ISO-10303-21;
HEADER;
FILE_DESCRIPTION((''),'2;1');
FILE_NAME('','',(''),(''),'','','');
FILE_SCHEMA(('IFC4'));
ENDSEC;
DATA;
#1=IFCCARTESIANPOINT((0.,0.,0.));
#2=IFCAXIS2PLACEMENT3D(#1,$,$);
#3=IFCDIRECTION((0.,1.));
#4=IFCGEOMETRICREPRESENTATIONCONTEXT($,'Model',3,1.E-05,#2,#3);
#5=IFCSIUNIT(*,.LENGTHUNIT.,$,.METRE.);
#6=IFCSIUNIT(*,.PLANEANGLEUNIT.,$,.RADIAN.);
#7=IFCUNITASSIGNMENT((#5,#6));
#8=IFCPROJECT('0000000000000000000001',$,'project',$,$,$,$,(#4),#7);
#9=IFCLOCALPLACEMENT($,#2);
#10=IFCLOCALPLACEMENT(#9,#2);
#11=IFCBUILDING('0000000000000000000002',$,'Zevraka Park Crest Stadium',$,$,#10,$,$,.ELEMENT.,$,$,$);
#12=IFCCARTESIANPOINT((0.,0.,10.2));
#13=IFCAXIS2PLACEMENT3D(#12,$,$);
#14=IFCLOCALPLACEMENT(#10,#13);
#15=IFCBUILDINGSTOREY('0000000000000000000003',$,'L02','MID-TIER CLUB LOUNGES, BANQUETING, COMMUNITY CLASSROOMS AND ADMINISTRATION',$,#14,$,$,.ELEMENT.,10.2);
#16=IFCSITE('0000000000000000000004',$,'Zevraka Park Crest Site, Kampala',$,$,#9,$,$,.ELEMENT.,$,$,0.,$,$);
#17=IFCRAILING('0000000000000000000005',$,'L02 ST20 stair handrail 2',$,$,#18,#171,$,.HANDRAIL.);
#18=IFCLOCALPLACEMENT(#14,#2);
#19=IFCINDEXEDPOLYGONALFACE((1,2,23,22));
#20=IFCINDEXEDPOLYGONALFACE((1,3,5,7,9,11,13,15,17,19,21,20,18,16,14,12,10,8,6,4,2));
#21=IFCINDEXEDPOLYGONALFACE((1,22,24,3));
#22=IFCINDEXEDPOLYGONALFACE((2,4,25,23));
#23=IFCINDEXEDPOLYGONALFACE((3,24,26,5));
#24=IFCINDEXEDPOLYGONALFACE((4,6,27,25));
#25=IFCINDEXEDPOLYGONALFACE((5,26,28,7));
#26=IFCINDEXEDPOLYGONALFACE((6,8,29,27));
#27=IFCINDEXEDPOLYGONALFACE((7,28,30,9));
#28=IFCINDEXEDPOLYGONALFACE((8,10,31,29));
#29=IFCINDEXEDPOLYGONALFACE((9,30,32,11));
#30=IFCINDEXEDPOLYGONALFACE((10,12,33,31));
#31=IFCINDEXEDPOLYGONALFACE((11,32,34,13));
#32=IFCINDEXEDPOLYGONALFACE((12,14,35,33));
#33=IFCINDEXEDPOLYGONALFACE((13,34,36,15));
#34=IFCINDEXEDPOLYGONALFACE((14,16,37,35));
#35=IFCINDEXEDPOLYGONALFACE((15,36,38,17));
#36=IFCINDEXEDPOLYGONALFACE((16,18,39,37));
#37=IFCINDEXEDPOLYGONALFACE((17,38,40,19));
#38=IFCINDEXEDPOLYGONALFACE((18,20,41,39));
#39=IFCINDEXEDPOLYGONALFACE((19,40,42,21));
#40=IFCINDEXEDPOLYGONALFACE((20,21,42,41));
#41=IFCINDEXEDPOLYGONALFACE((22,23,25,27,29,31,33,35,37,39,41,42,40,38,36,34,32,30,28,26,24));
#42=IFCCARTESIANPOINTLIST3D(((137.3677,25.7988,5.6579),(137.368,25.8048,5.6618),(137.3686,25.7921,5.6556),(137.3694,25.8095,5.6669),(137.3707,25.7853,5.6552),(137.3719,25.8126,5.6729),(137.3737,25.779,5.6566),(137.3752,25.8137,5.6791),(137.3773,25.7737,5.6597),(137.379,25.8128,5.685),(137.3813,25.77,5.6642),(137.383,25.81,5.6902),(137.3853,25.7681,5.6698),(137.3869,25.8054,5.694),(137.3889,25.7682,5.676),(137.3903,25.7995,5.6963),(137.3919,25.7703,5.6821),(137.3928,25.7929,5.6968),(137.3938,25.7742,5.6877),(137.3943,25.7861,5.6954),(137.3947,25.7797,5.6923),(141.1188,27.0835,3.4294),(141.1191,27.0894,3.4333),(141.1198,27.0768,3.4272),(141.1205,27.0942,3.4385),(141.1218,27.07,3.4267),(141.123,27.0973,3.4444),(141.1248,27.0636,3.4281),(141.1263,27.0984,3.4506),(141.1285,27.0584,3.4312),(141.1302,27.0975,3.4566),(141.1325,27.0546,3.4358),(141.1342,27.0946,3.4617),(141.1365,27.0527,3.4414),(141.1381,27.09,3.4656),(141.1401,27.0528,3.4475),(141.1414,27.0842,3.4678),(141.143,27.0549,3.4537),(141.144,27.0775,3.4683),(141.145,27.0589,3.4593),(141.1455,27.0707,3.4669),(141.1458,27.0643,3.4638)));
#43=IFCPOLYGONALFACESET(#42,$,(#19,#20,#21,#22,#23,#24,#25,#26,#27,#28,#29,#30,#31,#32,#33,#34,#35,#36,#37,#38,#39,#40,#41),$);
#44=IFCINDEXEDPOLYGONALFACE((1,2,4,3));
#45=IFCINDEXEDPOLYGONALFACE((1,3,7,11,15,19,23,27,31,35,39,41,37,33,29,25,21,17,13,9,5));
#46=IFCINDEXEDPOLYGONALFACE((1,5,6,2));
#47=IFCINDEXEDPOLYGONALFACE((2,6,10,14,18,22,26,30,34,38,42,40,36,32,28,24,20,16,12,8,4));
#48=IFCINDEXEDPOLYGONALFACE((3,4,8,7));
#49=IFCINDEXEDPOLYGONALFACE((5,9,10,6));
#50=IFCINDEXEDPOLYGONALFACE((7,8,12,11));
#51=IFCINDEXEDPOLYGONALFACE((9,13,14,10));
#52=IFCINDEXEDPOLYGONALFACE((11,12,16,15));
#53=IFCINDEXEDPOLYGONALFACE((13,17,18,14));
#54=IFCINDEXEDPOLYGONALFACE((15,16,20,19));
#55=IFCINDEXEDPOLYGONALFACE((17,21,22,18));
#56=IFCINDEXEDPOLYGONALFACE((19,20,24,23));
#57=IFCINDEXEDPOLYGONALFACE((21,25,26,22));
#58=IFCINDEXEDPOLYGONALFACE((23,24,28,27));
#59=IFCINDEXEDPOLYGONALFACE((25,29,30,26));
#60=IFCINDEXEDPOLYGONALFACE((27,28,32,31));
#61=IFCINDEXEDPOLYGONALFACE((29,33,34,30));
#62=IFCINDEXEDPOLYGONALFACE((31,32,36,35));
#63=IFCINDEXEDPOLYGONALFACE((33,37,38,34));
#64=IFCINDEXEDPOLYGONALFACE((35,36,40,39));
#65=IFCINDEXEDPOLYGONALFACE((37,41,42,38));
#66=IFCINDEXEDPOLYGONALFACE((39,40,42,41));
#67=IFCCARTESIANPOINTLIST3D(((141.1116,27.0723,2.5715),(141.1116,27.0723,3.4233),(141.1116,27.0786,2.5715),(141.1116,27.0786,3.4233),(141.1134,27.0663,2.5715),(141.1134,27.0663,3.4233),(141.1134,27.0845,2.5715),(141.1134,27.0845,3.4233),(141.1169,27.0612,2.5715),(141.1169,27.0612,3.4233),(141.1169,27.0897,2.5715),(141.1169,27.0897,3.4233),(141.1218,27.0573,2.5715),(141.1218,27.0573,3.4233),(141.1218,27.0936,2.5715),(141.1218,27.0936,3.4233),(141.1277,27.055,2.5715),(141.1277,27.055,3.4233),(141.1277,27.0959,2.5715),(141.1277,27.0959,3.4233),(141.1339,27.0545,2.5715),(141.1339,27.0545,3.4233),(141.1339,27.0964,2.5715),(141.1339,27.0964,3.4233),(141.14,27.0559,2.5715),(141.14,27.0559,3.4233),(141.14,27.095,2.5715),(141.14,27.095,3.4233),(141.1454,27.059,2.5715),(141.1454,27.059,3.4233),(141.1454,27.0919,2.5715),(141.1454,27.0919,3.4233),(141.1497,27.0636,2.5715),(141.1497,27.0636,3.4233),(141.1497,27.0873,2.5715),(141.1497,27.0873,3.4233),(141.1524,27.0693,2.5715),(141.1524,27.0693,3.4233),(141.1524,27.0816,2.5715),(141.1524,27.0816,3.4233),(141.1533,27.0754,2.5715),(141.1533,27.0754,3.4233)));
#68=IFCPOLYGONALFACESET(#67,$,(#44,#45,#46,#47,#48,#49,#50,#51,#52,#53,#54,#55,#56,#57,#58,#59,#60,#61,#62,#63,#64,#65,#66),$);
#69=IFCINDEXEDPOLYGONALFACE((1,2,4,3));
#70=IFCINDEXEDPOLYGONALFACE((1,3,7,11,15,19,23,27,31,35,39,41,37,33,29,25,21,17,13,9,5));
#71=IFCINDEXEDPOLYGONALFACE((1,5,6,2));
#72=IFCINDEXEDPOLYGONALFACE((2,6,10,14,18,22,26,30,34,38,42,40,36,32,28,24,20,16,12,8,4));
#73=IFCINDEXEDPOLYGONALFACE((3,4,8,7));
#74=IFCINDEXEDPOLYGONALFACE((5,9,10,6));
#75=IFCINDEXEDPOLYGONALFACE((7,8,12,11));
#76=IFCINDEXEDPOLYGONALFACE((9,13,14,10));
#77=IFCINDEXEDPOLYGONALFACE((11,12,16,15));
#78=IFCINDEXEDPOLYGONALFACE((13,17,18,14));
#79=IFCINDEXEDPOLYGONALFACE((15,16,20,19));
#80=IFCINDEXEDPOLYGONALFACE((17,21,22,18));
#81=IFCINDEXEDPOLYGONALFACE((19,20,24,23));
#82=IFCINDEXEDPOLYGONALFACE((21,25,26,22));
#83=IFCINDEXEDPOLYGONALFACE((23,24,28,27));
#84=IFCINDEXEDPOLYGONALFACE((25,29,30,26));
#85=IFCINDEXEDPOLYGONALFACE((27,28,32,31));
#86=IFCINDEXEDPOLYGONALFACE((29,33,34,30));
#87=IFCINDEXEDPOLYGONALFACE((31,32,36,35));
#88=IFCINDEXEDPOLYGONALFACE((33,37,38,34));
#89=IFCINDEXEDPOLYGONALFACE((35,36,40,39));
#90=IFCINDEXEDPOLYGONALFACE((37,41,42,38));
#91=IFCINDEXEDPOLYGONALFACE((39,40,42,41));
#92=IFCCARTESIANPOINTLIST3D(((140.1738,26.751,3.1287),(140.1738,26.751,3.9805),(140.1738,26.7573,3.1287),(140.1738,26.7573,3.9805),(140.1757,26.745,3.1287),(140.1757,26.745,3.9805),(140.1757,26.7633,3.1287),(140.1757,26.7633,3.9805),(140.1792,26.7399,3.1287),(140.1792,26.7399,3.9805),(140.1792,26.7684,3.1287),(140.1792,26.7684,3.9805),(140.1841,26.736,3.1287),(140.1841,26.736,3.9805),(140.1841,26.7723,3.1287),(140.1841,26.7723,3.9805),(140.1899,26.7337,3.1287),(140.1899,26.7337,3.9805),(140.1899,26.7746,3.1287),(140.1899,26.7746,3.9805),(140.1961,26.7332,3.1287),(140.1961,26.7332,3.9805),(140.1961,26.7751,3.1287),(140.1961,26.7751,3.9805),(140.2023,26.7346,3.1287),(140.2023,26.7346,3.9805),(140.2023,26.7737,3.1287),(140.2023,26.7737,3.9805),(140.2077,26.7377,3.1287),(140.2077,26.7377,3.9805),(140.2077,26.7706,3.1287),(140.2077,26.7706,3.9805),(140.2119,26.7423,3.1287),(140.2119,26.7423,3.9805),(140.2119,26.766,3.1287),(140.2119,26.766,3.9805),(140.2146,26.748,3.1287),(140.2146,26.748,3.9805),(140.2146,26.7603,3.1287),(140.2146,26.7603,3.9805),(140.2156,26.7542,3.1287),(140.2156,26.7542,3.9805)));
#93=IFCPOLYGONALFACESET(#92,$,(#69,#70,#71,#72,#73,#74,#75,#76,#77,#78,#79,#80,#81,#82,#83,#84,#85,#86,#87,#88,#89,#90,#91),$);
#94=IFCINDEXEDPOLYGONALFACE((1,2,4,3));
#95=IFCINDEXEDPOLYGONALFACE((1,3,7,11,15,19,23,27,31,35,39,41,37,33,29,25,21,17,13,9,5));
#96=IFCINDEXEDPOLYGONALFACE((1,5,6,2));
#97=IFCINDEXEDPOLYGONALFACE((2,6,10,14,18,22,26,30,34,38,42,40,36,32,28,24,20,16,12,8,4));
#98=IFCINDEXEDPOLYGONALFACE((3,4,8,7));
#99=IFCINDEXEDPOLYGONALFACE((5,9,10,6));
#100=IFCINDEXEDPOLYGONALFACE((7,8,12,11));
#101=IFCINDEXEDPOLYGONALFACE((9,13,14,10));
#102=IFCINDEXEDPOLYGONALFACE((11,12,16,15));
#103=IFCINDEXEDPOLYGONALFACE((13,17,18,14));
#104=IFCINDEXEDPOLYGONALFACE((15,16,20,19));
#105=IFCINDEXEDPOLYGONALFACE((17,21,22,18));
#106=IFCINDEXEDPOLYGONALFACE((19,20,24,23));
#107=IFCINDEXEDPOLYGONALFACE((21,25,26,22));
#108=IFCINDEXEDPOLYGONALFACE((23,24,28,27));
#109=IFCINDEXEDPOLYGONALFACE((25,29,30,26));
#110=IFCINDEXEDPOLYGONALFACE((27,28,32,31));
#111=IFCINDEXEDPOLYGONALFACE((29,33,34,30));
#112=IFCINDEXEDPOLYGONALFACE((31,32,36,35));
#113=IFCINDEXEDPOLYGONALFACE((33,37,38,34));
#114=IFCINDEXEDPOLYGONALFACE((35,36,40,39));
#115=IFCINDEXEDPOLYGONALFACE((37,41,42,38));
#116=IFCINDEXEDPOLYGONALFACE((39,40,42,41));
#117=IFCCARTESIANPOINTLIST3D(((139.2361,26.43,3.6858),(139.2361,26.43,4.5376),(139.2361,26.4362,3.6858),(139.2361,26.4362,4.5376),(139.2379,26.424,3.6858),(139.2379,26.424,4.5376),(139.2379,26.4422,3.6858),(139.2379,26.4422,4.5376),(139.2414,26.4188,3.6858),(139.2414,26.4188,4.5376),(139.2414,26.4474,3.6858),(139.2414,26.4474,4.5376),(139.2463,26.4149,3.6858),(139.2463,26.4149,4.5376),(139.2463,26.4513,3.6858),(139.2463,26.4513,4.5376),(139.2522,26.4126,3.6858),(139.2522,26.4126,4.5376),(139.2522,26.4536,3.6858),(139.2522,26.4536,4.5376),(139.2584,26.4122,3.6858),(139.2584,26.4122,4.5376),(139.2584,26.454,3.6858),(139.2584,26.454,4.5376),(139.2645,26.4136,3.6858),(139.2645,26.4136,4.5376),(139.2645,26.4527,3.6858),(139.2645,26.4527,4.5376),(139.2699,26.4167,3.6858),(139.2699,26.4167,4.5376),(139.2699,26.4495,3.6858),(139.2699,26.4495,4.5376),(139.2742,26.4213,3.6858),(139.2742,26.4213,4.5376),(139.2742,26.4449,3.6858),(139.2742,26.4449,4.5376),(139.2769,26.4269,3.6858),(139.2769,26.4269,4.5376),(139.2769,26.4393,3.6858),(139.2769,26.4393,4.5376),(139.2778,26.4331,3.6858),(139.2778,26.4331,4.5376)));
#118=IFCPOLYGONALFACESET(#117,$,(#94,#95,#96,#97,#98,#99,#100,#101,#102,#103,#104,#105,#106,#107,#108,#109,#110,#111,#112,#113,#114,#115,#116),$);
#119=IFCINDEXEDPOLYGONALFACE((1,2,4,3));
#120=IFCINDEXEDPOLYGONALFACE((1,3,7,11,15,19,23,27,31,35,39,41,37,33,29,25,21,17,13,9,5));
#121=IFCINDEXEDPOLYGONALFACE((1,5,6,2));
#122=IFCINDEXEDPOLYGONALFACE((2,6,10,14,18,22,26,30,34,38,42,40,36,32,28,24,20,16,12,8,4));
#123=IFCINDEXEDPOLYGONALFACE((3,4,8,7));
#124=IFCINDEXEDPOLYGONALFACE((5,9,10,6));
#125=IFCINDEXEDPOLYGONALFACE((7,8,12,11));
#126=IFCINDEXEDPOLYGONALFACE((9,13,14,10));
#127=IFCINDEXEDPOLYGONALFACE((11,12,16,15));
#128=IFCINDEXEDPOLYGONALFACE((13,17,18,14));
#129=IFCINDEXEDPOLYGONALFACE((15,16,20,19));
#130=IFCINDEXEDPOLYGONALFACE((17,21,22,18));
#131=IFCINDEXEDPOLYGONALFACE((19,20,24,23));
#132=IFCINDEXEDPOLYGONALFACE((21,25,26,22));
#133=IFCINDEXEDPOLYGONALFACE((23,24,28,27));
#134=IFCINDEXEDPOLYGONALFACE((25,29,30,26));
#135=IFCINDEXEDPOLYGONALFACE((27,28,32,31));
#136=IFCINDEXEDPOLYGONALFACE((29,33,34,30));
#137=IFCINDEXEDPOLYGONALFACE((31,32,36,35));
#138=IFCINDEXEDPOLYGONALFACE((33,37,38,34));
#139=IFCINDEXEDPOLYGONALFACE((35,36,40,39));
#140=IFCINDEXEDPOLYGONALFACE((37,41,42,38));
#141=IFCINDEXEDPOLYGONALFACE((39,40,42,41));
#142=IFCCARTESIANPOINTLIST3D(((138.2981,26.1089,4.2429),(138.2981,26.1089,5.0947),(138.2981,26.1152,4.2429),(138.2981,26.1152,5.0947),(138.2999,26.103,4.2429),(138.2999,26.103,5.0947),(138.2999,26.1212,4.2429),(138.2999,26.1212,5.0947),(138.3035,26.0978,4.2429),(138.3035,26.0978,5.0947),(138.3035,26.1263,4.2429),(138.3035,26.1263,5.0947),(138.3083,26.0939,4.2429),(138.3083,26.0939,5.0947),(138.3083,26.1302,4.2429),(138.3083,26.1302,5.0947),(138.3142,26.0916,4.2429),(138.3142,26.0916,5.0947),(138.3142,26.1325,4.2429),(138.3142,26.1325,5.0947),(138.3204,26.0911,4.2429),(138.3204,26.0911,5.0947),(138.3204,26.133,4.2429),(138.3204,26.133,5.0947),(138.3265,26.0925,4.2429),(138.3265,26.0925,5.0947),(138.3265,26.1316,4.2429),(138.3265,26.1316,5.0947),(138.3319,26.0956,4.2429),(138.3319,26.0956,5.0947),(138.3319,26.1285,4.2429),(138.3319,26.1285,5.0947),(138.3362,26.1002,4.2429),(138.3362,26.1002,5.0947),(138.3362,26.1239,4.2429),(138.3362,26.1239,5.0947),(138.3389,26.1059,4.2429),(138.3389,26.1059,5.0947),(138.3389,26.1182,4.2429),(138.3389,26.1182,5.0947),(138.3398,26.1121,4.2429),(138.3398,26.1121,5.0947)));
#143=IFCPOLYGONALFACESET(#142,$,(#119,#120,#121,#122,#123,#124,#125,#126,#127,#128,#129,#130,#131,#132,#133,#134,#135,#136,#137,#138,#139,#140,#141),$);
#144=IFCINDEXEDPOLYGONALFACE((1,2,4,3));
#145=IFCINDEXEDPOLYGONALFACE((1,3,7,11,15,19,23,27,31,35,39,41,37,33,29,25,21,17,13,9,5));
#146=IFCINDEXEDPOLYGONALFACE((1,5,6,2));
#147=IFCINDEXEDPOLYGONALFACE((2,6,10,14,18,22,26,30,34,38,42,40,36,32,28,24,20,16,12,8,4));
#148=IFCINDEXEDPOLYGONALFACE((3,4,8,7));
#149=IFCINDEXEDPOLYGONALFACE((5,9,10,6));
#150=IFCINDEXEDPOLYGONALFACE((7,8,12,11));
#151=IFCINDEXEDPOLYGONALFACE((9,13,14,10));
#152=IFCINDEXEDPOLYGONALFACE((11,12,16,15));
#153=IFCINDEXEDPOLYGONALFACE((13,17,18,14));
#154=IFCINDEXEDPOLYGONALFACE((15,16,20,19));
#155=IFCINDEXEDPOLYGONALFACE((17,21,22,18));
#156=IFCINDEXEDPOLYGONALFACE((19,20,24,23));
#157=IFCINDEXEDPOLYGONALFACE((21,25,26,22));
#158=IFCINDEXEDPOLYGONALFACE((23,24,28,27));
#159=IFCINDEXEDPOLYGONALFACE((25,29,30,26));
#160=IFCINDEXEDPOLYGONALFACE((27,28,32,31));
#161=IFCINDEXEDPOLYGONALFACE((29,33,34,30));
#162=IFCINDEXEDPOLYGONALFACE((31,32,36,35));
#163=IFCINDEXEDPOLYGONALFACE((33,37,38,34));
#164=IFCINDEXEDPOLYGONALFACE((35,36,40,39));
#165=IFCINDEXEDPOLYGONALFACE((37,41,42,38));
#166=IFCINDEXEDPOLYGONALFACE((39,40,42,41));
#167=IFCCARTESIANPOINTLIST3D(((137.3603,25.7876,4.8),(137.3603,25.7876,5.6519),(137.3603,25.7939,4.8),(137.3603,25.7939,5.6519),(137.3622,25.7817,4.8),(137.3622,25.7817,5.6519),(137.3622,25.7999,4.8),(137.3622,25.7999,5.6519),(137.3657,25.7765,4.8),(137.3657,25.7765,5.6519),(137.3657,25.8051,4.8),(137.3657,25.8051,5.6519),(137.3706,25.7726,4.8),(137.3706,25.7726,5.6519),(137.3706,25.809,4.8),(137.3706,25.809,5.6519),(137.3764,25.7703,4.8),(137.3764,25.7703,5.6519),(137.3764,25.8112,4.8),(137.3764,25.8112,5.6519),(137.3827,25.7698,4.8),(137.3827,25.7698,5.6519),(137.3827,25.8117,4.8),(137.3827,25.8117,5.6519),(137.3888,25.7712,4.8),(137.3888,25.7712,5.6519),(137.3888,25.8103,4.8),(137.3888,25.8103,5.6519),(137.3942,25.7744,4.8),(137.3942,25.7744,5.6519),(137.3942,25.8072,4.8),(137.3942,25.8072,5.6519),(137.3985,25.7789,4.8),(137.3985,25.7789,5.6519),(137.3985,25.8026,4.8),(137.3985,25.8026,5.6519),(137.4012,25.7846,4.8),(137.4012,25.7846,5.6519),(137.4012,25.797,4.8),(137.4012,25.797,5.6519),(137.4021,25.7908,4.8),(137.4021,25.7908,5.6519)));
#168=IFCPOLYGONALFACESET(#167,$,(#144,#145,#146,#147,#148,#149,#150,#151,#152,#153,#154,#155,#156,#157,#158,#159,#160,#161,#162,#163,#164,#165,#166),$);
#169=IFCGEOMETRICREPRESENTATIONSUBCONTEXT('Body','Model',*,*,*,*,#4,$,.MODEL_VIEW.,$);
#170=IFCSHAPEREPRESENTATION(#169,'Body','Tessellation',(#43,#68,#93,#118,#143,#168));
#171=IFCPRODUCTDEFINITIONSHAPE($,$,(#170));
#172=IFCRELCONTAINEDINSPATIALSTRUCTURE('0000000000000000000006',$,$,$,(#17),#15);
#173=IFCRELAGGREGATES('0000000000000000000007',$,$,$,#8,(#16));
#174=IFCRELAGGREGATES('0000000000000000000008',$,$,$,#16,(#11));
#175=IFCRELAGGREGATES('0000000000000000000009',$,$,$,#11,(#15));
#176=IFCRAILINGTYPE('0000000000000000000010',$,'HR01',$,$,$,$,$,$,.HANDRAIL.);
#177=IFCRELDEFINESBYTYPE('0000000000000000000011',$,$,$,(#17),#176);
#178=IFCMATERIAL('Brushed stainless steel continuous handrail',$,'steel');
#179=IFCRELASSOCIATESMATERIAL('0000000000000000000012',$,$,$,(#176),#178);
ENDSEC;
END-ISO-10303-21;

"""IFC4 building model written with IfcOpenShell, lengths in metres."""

from ifc_helpers import new_model, si_unit, direction, frame, origin, origin_2d, place, context, subcontext, project, spatial, circle, extrude, material, type_object, element, save


model = new_model("IFC4")

# Units and contexts
model_context = context("Model", 3, precision=1e-05, world=origin(), true_north=direction((0.0, 1.0)))
body_context = subcontext(model_context, "Body", "Model", "MODEL_VIEW")
ifc_project = project(units=[si_unit("LENGTHUNIT", "METRE"), si_unit("PLANEANGLEUNIT", "RADIAN")], contexts=[model_context])

# Site, building, storey
site_placement = place(None, origin())
site = spatial("IfcSite", under=ifc_project, at=site_placement, Name="Zevraka Park Crest Site, Kampala", CompositionType="ELEMENT", RefElevation=0.0)
building_placement = place(site_placement, origin())
building = spatial("IfcBuilding", under=site, at=building_placement, Name="Zevraka Park Crest Stadium", CompositionType="ELEMENT")
storey_placement = place(building_placement, frame((0.0, 0.0, 10.2)))
storey = spatial("IfcBuildingStorey", under=building, at=storey_placement, Name="L02", Description="MID-TIER CLUB LOUNGES, BANQUETING, COMMUNITY CLASSROOMS AND ADMINISTRATION", CompositionType="ELEMENT", Elevation=10.2)

# Railing
ifc_material_1 = material(Name="Brushed stainless steel continuous handrail", Category="steel")
railing_type_1 = type_object("IfcRailingType", Name="HR01", PredefinedType="HANDRAIL", material=ifc_material_1)
railing_1_placement = place(storey_placement, frame((141.1323, 27.0754, 2.5715)))
element("IfcRailing", 1, at=railing_1_placement, inside=storey, type_object=railing_type_1, Name="L02 ST20 stair handrail 2", PredefinedType="HANDRAIL", context=body_context, shape_type="SweptSolid", body=[
    extrude(circle(Radius=0.0239, at=origin_2d()), frame((0.0, 0.0, 0.876), z_axis=(-0.824727, -0.282441, 0.489952), x_axis=(0.323994, -0.946059, 0.0)), (0.0, 0.0, 1.0), 4.5483),
    extrude(circle(Radius=0.021, at=origin_2d()), origin(), (0.0, 0.0, 1.0), 0.8518),
    extrude(circle(Radius=0.021, at=origin_2d()), frame((-0.9377, -0.3213, 0.5571)), (0.0, 0.0, 1.0), 0.8518),
    extrude(circle(Radius=0.021, at=origin_2d()), frame((-1.8755, -0.6423, 1.1143)), (0.0, 0.0, 1.0), 0.8518),
    extrude(circle(Radius=0.021, at=origin_2d()), frame((-2.8135, -0.9634, 1.6714)), (0.0, 0.0, 1.0), 0.8518),
    extrude(circle(Radius=0.021, at=origin_2d()), frame((-3.7512, -1.2847, 2.2285)), (0.0, 0.0, 1.0), 0.8518),
])

save(model, "model.ifc")
